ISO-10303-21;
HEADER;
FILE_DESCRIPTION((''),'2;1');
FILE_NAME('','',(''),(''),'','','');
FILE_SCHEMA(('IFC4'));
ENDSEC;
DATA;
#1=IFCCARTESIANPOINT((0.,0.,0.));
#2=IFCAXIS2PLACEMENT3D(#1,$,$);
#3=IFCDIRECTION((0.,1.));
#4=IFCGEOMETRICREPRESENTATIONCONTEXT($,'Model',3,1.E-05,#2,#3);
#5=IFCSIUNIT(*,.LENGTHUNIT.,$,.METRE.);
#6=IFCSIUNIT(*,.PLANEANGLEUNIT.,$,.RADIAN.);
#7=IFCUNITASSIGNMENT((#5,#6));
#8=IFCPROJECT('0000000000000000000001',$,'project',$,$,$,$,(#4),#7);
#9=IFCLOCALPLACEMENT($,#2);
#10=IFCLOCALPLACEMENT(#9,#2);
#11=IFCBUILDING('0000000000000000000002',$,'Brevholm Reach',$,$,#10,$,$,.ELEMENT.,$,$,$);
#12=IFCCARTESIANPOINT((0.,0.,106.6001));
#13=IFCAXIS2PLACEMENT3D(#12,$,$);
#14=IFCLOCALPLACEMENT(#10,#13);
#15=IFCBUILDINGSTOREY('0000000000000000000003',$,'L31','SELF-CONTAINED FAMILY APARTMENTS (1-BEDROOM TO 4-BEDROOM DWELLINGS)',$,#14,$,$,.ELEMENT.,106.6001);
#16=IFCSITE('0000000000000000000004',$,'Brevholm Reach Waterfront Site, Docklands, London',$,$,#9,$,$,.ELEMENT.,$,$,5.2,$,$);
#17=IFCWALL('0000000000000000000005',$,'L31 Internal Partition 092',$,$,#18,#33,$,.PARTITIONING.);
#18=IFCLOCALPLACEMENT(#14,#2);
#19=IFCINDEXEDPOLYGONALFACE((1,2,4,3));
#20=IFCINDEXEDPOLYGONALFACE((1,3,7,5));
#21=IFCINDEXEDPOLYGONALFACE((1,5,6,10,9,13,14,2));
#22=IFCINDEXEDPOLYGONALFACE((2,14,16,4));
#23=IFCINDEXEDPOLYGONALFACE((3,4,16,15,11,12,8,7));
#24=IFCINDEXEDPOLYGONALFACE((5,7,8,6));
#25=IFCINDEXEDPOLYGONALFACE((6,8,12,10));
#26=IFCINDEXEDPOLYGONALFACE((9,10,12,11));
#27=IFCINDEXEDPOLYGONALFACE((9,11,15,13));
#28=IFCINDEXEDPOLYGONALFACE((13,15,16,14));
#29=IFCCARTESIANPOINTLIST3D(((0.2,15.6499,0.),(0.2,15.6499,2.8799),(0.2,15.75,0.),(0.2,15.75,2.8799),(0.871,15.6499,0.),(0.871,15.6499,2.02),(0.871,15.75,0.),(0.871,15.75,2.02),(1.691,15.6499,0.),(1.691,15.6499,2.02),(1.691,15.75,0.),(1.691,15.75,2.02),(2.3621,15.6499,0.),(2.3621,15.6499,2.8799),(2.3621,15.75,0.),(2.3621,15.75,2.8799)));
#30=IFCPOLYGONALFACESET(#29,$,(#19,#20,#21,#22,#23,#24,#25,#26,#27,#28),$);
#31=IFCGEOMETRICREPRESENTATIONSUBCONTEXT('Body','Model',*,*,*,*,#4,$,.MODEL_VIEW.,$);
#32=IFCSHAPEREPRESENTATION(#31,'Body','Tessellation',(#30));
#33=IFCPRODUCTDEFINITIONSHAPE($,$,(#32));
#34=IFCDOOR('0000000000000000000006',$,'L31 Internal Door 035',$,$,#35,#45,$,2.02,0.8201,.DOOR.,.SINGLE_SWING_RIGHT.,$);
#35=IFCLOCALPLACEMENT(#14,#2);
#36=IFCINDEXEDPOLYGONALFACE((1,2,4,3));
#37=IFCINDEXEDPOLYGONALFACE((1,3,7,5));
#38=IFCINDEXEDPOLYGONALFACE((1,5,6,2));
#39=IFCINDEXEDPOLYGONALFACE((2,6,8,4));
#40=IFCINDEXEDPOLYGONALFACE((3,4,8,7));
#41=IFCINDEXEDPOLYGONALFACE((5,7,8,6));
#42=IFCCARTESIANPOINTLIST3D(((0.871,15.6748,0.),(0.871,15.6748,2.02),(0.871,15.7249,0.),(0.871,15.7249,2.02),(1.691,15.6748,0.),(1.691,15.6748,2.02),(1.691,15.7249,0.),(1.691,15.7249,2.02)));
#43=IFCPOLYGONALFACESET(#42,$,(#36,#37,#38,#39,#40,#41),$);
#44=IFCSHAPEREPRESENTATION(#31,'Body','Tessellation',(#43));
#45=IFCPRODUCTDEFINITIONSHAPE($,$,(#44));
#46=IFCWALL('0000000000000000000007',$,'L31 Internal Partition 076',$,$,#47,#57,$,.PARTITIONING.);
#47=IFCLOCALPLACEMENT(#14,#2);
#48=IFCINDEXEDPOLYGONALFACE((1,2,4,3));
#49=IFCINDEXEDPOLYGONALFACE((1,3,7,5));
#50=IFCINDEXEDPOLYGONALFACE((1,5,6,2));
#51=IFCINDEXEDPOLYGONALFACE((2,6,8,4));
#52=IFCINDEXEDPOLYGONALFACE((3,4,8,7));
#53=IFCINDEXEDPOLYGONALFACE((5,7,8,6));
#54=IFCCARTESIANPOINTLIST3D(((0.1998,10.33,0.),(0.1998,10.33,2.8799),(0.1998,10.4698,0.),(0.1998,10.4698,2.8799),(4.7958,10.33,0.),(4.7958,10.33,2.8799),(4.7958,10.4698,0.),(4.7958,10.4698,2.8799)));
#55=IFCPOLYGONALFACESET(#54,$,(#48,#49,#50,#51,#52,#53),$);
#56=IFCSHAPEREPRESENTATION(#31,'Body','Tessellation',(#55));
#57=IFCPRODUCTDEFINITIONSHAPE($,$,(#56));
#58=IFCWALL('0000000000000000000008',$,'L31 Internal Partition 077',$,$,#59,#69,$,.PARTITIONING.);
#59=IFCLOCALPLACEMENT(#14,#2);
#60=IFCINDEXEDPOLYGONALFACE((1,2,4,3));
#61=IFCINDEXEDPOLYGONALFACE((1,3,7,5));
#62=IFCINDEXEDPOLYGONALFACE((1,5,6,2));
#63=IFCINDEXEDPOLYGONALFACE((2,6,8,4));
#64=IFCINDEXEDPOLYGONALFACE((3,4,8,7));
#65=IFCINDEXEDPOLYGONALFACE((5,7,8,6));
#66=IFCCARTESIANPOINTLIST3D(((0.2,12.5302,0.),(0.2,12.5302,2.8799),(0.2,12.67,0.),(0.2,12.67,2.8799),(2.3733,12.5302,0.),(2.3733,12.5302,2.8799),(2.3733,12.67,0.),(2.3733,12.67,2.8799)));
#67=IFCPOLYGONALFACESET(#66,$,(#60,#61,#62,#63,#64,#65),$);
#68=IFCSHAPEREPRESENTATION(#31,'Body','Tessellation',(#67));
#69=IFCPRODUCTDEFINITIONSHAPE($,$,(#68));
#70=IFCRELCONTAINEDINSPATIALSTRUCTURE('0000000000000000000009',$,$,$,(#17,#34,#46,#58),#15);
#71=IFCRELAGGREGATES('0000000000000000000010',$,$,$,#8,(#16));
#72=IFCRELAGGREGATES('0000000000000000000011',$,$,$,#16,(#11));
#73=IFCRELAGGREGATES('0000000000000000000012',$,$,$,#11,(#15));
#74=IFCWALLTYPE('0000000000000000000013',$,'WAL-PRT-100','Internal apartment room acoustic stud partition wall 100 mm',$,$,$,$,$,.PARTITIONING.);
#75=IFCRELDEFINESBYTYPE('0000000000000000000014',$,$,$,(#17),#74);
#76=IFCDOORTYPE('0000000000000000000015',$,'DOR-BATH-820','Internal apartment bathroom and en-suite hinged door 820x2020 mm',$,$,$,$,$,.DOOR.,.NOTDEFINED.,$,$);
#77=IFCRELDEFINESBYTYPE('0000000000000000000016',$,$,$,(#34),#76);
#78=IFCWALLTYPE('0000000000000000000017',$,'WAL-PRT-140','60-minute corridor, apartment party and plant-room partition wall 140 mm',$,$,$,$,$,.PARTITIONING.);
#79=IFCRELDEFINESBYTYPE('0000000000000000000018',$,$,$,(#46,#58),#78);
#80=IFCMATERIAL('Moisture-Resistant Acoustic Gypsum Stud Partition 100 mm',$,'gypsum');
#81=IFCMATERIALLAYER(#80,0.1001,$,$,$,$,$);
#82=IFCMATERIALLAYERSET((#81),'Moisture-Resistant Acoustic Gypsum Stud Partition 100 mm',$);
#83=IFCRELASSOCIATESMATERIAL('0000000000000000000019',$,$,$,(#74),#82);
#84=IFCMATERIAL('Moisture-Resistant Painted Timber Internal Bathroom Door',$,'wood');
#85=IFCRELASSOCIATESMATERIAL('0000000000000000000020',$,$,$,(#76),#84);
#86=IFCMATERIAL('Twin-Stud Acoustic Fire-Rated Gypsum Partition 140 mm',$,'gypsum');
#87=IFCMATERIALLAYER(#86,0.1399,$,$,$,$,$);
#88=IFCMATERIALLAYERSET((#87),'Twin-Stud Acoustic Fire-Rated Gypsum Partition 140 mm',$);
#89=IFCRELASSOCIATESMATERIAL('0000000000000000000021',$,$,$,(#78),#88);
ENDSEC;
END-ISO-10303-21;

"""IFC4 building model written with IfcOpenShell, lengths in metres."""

from ifc_helpers import new_model, si_unit, direction, frame, frame_2d, origin, place, context, subcontext, project, spatial, rectangle, extrude, material, layer, layer_set, type_object, element, fill, save


model = new_model("IFC4")

# Units and contexts
model_context = context("Model", 3, precision=1e-05, world=origin(), true_north=direction((0.0, 1.0)))
body_context = subcontext(model_context, "Body", "Model", "MODEL_VIEW")
ifc_project = project(units=[si_unit("LENGTHUNIT", "METRE"), si_unit("PLANEANGLEUNIT", "RADIAN")], contexts=[model_context])

# Site, building, storey
site_placement = place(None, origin())
site = spatial("IfcSite", under=ifc_project, at=site_placement, Name="Brevholm Reach Waterfront Site, Docklands, London", CompositionType="ELEMENT", RefElevation=5.2)
building_placement = place(site_placement, origin())
building = spatial("IfcBuilding", under=site, at=building_placement, Name="Brevholm Reach", CompositionType="ELEMENT")
storey_placement = place(building_placement, frame((0.0, 0.0, 106.6001)))
storey = spatial("IfcBuildingStorey", under=building, at=storey_placement, Name="L31", Description="SELF-CONTAINED FAMILY APARTMENTS (1-BEDROOM TO 4-BEDROOM DWELLINGS)", CompositionType="ELEMENT", Elevation=106.6001)

# Wall, opening, door
ifc_material_1 = material(Name="Moisture-Resistant Acoustic Gypsum Stud Partition 100 mm", Category="gypsum")
ifc_layer_1 = layer(ifc_material_1, 0.1001)
ifc_layer_set_1 = layer_set([ifc_layer_1], Name="Moisture-Resistant Acoustic Gypsum Stud Partition 100 mm")
wall_type_1 = type_object("IfcWallType", Name="WAL-PRT-100", Description="Internal apartment room acoustic stud partition wall 100 mm", PredefinedType="PARTITIONING", material=ifc_layer_set_1)
wall_1_placement = place(storey_placement, frame((0.2, 15.7, 0.0), z_axis=(0.0, 0.0, 1.0), x_axis=(1.0, 0.0, 0.0)))
wall_1 = element("IfcWall", 1, at=wall_1_placement, inside=storey, type_object=wall_type_1, Name="L31 Internal Partition 092", PredefinedType="PARTITIONING", context=body_context, shape_type="SweptSolid", body=[
    extrude(rectangle(XDim=2.1621, YDim=0.1001, at=frame_2d((1.0811, 0.0))), origin(), (0.0, 0.0, 1.0), 2.8799),
])
opening_1_placement = place(wall_1_placement, frame((0.6709, 0.0, 0.0)))
opening_1 = element("IfcOpeningElement", 2, at=opening_1_placement, cuts=wall_1, PredefinedType="OPENING", context=body_context, shape_type="SweptSolid", body=[
    extrude(rectangle(XDim=0.8201, YDim=2.02, at=frame_2d((0.4102, 1.01))), frame((0.0, 0.0601, 0.0), z_axis=(0.0, -1.0, 0.0), x_axis=(1.0, 0.0, 0.0)), (0.0, 0.0, 1.0), 0.1201),
])
ifc_material_2 = material(Name="Moisture-Resistant Painted Timber Internal Bathroom Door", Category="wood")
door_type = type_object("IfcDoorType", Name="DOR-BATH-820", Description="Internal apartment bathroom and en-suite hinged door 820x2020 mm", OperationType="NOTDEFINED", PredefinedType="DOOR", material=ifc_material_2)
door_placement = place(opening_1_placement, origin())
door = element("IfcDoor", 3, at=door_placement, inside=storey, type_object=door_type, Name="L31 Internal Door 035", OperationType="SINGLE_SWING_RIGHT", OverallHeight=2.02, OverallWidth=0.8201, PredefinedType="DOOR", context=body_context, shape_type="SweptSolid", body=[
    extrude(rectangle(XDim=0.8201, YDim=2.02, at=frame_2d((0.4102, 1.01))), frame((0.0, 0.0249, 0.0), z_axis=(0.0, -1.0, 0.0), x_axis=(1.0, 0.0, 0.0)), (0.0, 0.0, 1.0), 0.05),
])
fill(opening_1, door)

# Walls
ifc_material_3 = material(Name="Twin-Stud Acoustic Fire-Rated Gypsum Partition 140 mm", Category="gypsum")
ifc_layer_2 = layer(ifc_material_3, 0.1399)
ifc_layer_set_2 = layer_set([ifc_layer_2], Name="Twin-Stud Acoustic Fire-Rated Gypsum Partition 140 mm")
wall_type_2 = type_object("IfcWallType", Name="WAL-PRT-140", Description="60-minute corridor, apartment party and plant-room partition wall 140 mm", PredefinedType="PARTITIONING", material=ifc_layer_set_2)
wall_2_placement = place(storey_placement, frame((0.2, 10.3999, 0.0), z_axis=(0.0, 0.0, 1.0), x_axis=(1.0, 0.0, 0.0)))
element("IfcWall", 4, at=wall_2_placement, inside=storey, type_object=wall_type_2, Name="L31 Internal Partition 076", PredefinedType="PARTITIONING", context=body_context, shape_type="SweptSolid", body=[
    extrude(rectangle(XDim=4.5959, YDim=0.1399, at=frame_2d((2.2979, 0.0))), origin(), (0.0, 0.0, 1.0), 2.8799),
])
wall_3_placement = place(storey_placement, frame((0.2, 12.6001, 0.0), z_axis=(0.0, 0.0, 1.0), x_axis=(1.0, 0.0, 0.0)))
element("IfcWall", 5, at=wall_3_placement, inside=storey, type_object=wall_type_2, Name="L31 Internal Partition 077", PredefinedType="PARTITIONING", context=body_context, shape_type="SweptSolid", body=[
    extrude(rectangle(XDim=2.1733, YDim=0.1399, at=frame_2d((1.0867, 0.0))), origin(), (0.0, 0.0, 1.0), 2.8799),
])

save(model, "model.ifc")
